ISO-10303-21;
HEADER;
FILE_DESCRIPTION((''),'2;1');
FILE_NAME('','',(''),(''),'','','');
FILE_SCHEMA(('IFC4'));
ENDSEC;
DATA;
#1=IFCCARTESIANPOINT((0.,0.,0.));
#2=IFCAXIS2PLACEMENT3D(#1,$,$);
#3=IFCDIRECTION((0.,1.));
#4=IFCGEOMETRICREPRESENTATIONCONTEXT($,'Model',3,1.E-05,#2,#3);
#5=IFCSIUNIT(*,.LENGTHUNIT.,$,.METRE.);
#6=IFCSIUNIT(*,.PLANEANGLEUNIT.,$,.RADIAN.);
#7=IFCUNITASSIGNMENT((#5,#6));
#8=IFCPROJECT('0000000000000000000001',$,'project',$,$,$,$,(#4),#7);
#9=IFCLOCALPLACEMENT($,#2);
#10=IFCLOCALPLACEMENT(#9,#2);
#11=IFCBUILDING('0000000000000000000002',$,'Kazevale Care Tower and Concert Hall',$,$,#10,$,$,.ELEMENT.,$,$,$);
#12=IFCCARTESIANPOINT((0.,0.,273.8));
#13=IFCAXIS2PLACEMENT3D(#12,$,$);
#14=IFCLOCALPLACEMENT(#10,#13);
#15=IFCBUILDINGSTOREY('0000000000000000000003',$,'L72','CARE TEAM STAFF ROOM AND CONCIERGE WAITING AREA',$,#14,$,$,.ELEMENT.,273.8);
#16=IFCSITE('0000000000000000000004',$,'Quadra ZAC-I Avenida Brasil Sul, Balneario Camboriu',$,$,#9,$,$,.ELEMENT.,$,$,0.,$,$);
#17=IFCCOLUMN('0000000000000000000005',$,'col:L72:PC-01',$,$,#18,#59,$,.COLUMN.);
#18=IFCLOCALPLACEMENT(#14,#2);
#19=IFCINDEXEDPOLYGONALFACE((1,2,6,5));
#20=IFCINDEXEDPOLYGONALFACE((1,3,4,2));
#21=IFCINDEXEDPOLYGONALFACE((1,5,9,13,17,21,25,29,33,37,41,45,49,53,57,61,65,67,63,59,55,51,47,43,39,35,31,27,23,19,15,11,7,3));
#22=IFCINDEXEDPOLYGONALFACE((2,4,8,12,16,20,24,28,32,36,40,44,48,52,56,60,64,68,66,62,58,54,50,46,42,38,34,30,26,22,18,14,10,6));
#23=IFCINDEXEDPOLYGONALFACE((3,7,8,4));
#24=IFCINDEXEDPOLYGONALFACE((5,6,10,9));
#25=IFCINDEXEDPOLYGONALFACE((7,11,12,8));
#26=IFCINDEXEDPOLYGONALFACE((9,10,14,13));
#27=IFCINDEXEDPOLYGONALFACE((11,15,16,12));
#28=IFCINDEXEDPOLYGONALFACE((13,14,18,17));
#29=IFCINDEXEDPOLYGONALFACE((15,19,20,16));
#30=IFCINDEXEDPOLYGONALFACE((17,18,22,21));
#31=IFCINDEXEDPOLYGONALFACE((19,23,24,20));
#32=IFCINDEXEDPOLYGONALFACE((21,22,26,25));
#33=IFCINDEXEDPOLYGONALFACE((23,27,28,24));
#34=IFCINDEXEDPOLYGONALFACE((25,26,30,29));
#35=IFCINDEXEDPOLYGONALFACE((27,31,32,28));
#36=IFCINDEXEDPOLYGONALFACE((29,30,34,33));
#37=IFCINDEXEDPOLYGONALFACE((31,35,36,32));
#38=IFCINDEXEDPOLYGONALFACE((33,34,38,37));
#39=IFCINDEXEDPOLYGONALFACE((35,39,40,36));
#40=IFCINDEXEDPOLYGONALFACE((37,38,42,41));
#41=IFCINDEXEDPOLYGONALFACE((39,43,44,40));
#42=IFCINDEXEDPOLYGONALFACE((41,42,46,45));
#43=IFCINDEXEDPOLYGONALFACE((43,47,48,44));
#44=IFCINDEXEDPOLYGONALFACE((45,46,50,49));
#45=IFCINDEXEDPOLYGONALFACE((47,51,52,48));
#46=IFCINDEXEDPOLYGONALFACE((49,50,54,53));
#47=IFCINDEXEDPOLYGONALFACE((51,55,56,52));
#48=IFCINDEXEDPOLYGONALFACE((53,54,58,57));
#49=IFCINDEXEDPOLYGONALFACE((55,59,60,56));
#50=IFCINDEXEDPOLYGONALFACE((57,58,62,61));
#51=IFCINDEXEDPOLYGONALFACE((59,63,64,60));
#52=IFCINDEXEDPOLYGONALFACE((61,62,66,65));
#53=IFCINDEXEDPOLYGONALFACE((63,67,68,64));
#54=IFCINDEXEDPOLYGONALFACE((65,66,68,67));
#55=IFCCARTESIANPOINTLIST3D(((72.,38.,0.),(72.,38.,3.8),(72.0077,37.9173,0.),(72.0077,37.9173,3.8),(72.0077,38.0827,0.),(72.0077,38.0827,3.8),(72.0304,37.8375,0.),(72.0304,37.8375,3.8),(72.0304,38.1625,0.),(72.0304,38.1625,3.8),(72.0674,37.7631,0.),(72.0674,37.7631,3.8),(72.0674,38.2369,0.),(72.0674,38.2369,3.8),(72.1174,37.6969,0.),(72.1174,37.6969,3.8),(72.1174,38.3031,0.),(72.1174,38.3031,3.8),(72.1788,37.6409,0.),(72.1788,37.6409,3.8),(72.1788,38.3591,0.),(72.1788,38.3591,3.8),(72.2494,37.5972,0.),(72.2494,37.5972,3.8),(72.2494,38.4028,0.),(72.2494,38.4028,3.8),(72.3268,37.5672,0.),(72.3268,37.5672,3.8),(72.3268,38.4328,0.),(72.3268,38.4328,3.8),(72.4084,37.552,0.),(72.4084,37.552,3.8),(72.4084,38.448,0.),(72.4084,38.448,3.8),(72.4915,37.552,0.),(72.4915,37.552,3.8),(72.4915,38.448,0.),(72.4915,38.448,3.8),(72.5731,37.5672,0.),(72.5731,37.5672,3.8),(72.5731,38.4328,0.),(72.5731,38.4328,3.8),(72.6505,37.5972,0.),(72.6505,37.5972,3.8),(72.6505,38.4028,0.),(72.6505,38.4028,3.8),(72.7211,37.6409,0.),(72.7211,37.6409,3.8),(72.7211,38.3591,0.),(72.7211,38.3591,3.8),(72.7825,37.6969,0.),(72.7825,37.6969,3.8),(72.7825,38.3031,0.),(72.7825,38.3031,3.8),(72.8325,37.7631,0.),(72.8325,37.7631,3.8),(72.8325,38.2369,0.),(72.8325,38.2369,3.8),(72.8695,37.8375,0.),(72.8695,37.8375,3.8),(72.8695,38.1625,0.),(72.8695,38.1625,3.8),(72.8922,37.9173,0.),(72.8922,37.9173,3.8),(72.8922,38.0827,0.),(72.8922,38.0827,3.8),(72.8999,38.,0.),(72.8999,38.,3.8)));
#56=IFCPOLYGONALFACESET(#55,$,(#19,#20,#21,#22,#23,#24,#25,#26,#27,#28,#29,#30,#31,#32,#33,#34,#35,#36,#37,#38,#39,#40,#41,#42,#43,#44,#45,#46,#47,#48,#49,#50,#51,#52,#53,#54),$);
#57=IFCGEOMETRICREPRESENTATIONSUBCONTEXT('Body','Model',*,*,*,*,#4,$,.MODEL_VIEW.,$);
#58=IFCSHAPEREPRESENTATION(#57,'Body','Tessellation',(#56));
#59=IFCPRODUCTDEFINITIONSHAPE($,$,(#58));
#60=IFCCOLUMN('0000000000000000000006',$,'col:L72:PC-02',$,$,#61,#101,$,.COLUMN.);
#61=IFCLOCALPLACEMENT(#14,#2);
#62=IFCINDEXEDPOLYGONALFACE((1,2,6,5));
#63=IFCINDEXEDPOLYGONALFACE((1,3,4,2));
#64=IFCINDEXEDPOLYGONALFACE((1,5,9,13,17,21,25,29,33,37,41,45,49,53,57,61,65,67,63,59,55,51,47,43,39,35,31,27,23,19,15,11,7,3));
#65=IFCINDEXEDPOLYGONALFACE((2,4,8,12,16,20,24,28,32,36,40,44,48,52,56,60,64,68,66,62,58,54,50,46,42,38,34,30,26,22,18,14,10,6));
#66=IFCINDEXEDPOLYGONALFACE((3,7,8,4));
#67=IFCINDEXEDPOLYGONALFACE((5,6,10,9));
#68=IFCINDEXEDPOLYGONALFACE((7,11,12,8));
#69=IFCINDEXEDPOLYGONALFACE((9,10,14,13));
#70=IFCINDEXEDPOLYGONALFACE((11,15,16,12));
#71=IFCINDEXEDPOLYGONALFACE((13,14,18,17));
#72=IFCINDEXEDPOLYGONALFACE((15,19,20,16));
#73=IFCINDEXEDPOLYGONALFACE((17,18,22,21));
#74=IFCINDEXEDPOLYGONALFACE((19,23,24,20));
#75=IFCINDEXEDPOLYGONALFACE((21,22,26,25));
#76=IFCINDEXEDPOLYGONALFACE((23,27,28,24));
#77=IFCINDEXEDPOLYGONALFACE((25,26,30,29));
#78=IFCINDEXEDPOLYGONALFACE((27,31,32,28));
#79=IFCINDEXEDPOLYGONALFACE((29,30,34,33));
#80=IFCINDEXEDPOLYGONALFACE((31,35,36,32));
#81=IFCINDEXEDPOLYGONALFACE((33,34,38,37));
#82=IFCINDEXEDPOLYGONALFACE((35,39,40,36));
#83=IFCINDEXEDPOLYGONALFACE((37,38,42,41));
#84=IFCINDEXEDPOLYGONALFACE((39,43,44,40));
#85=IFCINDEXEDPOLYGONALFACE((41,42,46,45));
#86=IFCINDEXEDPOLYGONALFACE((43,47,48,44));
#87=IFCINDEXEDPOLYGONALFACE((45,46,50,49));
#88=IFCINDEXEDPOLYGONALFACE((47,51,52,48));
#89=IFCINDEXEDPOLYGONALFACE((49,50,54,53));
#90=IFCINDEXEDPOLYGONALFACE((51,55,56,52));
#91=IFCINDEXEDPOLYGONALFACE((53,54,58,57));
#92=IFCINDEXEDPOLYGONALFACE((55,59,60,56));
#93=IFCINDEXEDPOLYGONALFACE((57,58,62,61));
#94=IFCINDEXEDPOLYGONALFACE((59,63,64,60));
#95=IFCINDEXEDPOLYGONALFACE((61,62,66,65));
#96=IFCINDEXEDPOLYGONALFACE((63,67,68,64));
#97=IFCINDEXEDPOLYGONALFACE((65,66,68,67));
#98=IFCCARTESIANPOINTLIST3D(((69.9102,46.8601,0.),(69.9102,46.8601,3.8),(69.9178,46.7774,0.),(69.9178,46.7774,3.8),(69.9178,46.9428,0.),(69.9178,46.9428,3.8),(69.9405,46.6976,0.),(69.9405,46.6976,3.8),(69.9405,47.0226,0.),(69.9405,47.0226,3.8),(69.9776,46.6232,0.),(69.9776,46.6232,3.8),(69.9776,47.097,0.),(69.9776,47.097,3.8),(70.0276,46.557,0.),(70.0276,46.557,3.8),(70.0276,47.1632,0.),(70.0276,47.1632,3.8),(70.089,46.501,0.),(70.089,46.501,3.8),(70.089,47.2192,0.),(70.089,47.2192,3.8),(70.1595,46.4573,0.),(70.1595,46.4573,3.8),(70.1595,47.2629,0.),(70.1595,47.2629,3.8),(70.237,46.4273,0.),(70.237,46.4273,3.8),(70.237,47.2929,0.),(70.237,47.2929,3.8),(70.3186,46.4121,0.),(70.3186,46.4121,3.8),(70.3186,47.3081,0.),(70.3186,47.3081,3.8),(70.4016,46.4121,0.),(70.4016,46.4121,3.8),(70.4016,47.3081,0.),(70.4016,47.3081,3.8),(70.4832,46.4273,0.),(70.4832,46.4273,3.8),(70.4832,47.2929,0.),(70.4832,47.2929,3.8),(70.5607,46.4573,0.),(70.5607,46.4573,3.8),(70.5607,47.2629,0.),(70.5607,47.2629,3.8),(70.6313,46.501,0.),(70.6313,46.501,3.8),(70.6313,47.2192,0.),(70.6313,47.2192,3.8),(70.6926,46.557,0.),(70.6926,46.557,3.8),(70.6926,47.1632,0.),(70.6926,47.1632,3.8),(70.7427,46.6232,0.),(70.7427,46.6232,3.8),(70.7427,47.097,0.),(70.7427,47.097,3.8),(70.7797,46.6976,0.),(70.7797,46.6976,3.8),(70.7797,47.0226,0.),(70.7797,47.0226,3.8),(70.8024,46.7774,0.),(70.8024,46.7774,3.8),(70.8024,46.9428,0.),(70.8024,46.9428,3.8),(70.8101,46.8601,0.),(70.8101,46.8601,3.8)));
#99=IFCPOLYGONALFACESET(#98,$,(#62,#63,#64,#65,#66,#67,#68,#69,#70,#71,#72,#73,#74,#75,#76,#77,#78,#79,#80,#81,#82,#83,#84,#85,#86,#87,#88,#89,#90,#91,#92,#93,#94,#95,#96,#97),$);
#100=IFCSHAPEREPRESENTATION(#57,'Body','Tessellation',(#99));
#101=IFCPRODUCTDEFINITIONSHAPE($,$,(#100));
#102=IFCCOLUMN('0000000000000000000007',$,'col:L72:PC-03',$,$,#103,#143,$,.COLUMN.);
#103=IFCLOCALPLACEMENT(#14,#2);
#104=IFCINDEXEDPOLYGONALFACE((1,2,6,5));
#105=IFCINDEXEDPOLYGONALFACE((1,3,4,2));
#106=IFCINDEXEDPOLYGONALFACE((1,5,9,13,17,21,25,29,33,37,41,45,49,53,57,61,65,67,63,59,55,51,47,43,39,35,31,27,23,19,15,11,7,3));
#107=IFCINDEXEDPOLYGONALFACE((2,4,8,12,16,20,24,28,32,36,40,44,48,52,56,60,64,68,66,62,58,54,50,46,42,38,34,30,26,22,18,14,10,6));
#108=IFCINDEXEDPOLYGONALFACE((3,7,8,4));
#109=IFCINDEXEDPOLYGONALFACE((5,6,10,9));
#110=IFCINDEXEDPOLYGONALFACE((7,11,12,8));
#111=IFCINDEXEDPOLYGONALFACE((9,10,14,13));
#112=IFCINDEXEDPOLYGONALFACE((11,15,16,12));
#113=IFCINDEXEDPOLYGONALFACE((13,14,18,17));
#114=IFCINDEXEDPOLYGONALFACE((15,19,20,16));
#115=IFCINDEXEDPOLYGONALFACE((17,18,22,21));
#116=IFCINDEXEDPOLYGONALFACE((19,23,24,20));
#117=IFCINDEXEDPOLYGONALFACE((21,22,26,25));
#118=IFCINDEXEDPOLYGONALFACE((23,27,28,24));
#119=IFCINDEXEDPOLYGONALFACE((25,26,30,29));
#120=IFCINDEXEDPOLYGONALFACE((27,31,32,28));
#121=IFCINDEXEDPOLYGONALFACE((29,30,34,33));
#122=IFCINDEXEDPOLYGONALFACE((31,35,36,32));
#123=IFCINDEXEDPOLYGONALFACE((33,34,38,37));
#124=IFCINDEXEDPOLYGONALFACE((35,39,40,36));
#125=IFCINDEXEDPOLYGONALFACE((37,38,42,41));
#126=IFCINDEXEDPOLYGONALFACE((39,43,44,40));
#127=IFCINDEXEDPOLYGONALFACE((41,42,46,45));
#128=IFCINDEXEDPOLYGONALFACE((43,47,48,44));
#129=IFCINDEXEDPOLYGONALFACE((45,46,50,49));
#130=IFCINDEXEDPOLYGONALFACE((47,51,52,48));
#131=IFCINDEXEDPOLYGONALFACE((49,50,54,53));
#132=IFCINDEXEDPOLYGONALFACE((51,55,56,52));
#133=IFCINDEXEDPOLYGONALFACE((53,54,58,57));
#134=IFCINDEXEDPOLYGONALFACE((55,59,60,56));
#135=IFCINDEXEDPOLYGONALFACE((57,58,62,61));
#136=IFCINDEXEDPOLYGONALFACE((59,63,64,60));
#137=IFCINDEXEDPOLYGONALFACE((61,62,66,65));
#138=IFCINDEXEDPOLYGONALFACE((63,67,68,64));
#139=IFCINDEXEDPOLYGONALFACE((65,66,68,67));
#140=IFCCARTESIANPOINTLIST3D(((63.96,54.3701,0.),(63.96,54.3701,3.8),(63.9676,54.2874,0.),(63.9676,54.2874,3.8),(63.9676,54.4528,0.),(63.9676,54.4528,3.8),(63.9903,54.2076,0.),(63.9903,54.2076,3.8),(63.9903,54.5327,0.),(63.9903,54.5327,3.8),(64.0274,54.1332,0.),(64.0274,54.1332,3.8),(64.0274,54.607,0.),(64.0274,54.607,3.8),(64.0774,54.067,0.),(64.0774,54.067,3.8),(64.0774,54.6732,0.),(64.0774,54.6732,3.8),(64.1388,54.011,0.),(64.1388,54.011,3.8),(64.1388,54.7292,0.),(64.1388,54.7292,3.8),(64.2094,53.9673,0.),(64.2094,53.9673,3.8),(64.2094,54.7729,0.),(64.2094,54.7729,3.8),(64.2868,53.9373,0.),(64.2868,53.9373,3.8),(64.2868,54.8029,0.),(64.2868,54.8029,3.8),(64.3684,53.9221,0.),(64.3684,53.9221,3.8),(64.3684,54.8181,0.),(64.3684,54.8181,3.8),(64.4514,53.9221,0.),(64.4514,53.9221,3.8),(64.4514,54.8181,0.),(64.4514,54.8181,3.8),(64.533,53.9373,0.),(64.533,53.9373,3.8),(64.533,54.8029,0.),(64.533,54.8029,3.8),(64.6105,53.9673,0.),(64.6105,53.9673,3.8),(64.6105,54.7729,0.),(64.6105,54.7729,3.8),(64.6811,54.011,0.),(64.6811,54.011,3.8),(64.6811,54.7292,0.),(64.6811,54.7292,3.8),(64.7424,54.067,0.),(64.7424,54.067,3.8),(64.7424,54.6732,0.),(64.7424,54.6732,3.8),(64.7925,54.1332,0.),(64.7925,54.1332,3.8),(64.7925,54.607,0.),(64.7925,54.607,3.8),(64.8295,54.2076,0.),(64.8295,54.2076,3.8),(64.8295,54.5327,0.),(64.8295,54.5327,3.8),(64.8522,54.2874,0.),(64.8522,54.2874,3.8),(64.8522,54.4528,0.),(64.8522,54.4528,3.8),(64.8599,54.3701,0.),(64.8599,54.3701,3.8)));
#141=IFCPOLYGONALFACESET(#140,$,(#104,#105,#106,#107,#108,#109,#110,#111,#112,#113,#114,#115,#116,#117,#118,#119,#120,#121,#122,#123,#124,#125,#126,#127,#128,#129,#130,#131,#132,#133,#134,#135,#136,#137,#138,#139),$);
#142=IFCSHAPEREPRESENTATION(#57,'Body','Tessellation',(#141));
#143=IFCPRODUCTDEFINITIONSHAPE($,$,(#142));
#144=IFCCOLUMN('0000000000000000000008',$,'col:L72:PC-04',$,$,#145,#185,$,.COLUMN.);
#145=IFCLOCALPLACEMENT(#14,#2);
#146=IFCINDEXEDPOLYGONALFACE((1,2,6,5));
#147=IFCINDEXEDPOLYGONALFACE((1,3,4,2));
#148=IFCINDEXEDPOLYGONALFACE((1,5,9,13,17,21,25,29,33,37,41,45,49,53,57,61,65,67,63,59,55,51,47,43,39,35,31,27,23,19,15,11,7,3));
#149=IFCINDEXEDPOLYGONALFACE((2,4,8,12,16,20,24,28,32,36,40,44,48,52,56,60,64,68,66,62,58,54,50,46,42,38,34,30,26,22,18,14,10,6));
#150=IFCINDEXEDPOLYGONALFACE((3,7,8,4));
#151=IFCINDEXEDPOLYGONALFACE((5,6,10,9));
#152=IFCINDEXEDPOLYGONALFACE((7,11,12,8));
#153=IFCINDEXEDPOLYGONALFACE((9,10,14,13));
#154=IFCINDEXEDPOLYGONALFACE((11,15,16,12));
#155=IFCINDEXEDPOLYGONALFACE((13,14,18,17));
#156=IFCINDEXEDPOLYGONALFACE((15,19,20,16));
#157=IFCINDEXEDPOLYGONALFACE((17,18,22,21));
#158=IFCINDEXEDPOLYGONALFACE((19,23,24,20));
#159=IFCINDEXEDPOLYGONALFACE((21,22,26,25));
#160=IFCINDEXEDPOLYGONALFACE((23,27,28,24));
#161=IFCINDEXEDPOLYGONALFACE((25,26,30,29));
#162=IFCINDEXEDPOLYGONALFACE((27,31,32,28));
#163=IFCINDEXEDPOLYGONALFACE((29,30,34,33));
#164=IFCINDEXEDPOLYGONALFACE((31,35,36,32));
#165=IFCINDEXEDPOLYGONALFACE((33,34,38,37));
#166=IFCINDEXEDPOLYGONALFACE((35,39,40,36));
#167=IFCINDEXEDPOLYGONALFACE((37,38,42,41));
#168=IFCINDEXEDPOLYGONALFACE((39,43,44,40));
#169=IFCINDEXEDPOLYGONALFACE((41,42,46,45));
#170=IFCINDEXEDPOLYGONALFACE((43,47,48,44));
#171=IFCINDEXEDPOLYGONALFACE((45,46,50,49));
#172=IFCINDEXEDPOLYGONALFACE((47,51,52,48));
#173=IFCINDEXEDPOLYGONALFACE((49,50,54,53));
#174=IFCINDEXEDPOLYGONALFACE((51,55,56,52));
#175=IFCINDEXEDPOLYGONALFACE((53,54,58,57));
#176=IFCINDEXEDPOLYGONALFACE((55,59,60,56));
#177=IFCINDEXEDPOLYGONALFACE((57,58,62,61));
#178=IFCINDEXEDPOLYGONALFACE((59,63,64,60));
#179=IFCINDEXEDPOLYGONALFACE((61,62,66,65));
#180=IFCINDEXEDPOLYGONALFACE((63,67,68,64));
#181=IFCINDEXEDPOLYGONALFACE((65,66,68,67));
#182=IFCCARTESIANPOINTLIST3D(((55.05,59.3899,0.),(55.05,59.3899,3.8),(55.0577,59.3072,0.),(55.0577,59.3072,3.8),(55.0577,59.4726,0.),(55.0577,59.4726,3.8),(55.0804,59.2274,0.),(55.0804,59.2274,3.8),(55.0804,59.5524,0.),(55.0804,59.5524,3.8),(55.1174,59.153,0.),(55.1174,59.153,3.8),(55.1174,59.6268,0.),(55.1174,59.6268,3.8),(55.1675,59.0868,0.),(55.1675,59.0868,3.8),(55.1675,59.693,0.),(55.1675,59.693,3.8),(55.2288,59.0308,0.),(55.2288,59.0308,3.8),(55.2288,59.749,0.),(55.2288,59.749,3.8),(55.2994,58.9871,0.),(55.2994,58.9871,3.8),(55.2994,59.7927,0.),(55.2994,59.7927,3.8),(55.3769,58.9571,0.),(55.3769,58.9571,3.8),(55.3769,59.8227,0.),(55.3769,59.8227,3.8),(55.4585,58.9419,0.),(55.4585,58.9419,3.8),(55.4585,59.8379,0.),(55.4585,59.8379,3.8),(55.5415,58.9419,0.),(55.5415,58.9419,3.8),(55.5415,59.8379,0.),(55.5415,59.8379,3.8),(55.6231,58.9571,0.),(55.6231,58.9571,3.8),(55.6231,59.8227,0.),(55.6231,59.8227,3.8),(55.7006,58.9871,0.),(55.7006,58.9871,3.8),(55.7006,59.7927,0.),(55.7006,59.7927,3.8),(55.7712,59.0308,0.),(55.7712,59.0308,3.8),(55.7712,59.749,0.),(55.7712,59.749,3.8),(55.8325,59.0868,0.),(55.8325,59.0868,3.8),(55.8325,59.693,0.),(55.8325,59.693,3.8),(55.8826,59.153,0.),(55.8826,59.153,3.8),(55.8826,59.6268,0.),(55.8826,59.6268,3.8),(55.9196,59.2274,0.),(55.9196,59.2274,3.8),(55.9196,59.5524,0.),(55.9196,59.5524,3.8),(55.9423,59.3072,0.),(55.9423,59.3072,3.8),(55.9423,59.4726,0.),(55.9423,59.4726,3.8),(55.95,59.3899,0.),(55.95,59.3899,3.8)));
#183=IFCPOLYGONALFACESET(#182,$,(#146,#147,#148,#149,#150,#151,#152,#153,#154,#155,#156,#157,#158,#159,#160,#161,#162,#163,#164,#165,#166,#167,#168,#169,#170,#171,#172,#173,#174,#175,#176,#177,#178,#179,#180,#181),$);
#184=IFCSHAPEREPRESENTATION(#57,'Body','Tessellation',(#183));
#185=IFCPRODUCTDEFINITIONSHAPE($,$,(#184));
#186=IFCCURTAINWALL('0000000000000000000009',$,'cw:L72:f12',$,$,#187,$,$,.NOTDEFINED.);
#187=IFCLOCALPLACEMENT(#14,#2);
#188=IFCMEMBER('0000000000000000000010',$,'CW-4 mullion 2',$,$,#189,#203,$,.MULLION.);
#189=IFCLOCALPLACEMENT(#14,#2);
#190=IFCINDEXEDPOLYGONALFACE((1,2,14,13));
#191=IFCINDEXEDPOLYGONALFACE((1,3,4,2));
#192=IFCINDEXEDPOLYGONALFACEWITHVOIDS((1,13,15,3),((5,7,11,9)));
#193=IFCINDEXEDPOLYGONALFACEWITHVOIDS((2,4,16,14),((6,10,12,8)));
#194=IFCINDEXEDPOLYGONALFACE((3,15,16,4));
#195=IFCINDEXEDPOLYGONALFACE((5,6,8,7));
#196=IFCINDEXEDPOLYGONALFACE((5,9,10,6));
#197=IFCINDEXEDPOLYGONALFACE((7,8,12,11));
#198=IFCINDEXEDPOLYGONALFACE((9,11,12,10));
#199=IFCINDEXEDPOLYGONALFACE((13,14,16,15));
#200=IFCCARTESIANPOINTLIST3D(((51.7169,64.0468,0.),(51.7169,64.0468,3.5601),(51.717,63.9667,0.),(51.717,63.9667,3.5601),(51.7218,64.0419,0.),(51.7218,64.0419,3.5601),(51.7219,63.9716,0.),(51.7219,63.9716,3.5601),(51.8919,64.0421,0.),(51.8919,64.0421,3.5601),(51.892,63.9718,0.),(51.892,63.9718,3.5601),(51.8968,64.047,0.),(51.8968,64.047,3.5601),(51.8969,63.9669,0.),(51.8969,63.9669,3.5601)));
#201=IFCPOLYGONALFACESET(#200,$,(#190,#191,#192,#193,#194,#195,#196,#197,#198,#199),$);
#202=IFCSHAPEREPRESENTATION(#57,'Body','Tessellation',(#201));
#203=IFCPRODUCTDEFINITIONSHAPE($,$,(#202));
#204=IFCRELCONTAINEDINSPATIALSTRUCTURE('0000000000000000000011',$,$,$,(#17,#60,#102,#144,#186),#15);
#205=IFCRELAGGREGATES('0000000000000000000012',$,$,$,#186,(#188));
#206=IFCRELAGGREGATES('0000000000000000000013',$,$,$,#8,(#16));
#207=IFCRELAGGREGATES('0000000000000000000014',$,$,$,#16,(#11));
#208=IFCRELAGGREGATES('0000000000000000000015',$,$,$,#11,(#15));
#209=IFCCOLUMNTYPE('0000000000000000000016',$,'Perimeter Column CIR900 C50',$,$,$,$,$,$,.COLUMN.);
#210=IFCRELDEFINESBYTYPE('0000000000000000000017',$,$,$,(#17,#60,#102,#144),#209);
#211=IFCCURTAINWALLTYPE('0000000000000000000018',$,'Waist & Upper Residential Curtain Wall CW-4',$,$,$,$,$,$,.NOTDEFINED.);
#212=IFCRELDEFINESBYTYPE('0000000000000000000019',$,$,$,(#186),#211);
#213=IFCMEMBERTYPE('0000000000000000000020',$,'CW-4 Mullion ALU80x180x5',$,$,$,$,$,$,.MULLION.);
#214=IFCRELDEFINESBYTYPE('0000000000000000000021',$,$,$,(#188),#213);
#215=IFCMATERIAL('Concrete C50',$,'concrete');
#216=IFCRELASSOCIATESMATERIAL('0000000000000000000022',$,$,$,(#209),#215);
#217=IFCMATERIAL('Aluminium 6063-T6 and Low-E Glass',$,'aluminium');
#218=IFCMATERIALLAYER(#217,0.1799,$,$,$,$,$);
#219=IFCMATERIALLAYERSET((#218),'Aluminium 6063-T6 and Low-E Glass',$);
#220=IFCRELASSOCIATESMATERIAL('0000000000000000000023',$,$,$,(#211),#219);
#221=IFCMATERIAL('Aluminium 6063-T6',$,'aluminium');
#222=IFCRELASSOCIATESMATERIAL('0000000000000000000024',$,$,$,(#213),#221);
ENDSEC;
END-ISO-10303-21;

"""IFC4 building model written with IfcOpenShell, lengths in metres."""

from ifc_helpers import new_model, si_unit, direction, frame, origin, origin_2d, place, context, subcontext, project, spatial, hollow_rectangle, circle, extrude, material, layer, layer_set, material_profile, profile_set, type_object, element, aggregate, save


model = new_model("IFC4")

# Units and contexts
model_context = context("Model", 3, precision=1e-05, world=origin(), true_north=direction((0.0, 1.0)))
body_context = subcontext(model_context, "Body", "Model", "MODEL_VIEW")
ifc_project = project(units=[si_unit("LENGTHUNIT", "METRE"), si_unit("PLANEANGLEUNIT", "RADIAN")], contexts=[model_context])

# Site, building, storey
site_placement = place(None, origin())
site = spatial("IfcSite", under=ifc_project, at=site_placement, Name="Quadra ZAC-I Avenida Brasil Sul, Balneario Camboriu", CompositionType="ELEMENT", RefElevation=0.0)
building_placement = place(site_placement, origin())
building = spatial("IfcBuilding", under=site, at=building_placement, Name="Kazevale Care Tower and Concert Hall", CompositionType="ELEMENT")
storey_placement = place(building_placement, frame((0.0, 0.0, 273.8)))
storey = spatial("IfcBuildingStorey", under=building, at=storey_placement, Name="L72", Description="CARE TEAM STAFF ROOM AND CONCIERGE WAITING AREA", CompositionType="ELEMENT", Elevation=273.8)

# Columns
ifc_material_1 = material(Name="Concrete C50", Category="concrete")
ifc_material_profile_1 = material_profile(ifc_material_1, circle(Radius=0.45, at=origin_2d()), Name="RC-CIR900")
ifc_profile_set_1 = profile_set([ifc_material_profile_1], Name="Concrete C50")
column_type = type_object("IfcColumnType", Name="Perimeter Column CIR900 C50", PredefinedType="COLUMN", material=ifc_profile_set_1)
for number, where, z_axis, x_axis, name in (
    (1, (72.45, 38.0, 0.0), (0.0, 0.0, 1.0), (1.0, 0.0, 0.0), "col:L72:PC-01"),
    (2, (70.3601, 46.8601, 0.0), (0.0, 0.0, 1.0), (1.0, 0.0, 0.0), "col:L72:PC-02"),
    (3, (64.4099, 54.3701, 0.0), (0.0, 0.0, 1.0), (1.0, 0.0, 0.0), "col:L72:PC-03"),
    (4, (55.5, 59.3899, 0.0), (0.0, 0.0, 1.0), (1.0, 0.0, 0.0), "col:L72:PC-04"),
):
    element("IfcColumn", number, at=place(storey_placement, frame(where, z_axis=z_axis, x_axis=x_axis)), inside=storey, type_object=column_type, Name=name, PredefinedType="COLUMN", context=body_context, shape_type="SweptSolid", body=[
        extrude(circle(Radius=0.45, at=origin_2d()), origin(), (0.0, 0.0, 1.0), 3.8),
    ])

# Curtain wall, member
ifc_material_2 = material(Name="Aluminium 6063-T6 and Low-E Glass", Category="aluminium")
ifc_layer_1 = layer(ifc_material_2, 0.1799)
ifc_layer_set_1 = layer_set([ifc_layer_1], Name="Aluminium 6063-T6 and Low-E Glass")
curtain_wall_type = type_object("IfcCurtainWallType", Name="Waist & Upper Residential Curtain Wall CW-4", PredefinedType="NOTDEFINED", material=ifc_layer_set_1)
curtain_wall_1_placement = place(storey_placement, origin())
curtain_wall_1 = element("IfcCurtainWall", 5, at=curtain_wall_1_placement, inside=storey, type_object=curtain_wall_type, Name="cw:L72:f12", PredefinedType="NOTDEFINED")
ifc_material_3 = material(Name="Aluminium 6063-T6", Category="aluminium")
ifc_material_profile_2 = material_profile(ifc_material_3, hollow_rectangle(XDim=0.0801, YDim=0.1799, WallThickness=0.0049, at=origin_2d()), Name="ALU80x180x5")
ifc_profile_set_2 = profile_set([ifc_material_profile_2], Name="Aluminium 6063-T6")
member_type_1 = type_object("IfcMemberType", Name="CW-4 Mullion ALU80x180x5", PredefinedType="MULLION", material=ifc_profile_set_2)
member_1_placement = place(storey_placement, frame((51.8069, 64.0068, 0.0), z_axis=(0.0, 0.0, 1.0), x_axis=(-0.001378, 0.999999, 0.0)))
member_1 = element("IfcMember", 6, at=member_1_placement, type_object=member_type_1, Name="CW-4 mullion 2", PredefinedType="MULLION", context=body_context, shape_type="SweptSolid", body=[
    extrude(hollow_rectangle(XDim=0.0801, YDim=0.1799, WallThickness=0.0049, at=origin_2d()), origin(), (0.0, 0.0, 1.0), 3.5601),
])
aggregate(curtain_wall_1, [member_1])

save(model, "model.ifc")
